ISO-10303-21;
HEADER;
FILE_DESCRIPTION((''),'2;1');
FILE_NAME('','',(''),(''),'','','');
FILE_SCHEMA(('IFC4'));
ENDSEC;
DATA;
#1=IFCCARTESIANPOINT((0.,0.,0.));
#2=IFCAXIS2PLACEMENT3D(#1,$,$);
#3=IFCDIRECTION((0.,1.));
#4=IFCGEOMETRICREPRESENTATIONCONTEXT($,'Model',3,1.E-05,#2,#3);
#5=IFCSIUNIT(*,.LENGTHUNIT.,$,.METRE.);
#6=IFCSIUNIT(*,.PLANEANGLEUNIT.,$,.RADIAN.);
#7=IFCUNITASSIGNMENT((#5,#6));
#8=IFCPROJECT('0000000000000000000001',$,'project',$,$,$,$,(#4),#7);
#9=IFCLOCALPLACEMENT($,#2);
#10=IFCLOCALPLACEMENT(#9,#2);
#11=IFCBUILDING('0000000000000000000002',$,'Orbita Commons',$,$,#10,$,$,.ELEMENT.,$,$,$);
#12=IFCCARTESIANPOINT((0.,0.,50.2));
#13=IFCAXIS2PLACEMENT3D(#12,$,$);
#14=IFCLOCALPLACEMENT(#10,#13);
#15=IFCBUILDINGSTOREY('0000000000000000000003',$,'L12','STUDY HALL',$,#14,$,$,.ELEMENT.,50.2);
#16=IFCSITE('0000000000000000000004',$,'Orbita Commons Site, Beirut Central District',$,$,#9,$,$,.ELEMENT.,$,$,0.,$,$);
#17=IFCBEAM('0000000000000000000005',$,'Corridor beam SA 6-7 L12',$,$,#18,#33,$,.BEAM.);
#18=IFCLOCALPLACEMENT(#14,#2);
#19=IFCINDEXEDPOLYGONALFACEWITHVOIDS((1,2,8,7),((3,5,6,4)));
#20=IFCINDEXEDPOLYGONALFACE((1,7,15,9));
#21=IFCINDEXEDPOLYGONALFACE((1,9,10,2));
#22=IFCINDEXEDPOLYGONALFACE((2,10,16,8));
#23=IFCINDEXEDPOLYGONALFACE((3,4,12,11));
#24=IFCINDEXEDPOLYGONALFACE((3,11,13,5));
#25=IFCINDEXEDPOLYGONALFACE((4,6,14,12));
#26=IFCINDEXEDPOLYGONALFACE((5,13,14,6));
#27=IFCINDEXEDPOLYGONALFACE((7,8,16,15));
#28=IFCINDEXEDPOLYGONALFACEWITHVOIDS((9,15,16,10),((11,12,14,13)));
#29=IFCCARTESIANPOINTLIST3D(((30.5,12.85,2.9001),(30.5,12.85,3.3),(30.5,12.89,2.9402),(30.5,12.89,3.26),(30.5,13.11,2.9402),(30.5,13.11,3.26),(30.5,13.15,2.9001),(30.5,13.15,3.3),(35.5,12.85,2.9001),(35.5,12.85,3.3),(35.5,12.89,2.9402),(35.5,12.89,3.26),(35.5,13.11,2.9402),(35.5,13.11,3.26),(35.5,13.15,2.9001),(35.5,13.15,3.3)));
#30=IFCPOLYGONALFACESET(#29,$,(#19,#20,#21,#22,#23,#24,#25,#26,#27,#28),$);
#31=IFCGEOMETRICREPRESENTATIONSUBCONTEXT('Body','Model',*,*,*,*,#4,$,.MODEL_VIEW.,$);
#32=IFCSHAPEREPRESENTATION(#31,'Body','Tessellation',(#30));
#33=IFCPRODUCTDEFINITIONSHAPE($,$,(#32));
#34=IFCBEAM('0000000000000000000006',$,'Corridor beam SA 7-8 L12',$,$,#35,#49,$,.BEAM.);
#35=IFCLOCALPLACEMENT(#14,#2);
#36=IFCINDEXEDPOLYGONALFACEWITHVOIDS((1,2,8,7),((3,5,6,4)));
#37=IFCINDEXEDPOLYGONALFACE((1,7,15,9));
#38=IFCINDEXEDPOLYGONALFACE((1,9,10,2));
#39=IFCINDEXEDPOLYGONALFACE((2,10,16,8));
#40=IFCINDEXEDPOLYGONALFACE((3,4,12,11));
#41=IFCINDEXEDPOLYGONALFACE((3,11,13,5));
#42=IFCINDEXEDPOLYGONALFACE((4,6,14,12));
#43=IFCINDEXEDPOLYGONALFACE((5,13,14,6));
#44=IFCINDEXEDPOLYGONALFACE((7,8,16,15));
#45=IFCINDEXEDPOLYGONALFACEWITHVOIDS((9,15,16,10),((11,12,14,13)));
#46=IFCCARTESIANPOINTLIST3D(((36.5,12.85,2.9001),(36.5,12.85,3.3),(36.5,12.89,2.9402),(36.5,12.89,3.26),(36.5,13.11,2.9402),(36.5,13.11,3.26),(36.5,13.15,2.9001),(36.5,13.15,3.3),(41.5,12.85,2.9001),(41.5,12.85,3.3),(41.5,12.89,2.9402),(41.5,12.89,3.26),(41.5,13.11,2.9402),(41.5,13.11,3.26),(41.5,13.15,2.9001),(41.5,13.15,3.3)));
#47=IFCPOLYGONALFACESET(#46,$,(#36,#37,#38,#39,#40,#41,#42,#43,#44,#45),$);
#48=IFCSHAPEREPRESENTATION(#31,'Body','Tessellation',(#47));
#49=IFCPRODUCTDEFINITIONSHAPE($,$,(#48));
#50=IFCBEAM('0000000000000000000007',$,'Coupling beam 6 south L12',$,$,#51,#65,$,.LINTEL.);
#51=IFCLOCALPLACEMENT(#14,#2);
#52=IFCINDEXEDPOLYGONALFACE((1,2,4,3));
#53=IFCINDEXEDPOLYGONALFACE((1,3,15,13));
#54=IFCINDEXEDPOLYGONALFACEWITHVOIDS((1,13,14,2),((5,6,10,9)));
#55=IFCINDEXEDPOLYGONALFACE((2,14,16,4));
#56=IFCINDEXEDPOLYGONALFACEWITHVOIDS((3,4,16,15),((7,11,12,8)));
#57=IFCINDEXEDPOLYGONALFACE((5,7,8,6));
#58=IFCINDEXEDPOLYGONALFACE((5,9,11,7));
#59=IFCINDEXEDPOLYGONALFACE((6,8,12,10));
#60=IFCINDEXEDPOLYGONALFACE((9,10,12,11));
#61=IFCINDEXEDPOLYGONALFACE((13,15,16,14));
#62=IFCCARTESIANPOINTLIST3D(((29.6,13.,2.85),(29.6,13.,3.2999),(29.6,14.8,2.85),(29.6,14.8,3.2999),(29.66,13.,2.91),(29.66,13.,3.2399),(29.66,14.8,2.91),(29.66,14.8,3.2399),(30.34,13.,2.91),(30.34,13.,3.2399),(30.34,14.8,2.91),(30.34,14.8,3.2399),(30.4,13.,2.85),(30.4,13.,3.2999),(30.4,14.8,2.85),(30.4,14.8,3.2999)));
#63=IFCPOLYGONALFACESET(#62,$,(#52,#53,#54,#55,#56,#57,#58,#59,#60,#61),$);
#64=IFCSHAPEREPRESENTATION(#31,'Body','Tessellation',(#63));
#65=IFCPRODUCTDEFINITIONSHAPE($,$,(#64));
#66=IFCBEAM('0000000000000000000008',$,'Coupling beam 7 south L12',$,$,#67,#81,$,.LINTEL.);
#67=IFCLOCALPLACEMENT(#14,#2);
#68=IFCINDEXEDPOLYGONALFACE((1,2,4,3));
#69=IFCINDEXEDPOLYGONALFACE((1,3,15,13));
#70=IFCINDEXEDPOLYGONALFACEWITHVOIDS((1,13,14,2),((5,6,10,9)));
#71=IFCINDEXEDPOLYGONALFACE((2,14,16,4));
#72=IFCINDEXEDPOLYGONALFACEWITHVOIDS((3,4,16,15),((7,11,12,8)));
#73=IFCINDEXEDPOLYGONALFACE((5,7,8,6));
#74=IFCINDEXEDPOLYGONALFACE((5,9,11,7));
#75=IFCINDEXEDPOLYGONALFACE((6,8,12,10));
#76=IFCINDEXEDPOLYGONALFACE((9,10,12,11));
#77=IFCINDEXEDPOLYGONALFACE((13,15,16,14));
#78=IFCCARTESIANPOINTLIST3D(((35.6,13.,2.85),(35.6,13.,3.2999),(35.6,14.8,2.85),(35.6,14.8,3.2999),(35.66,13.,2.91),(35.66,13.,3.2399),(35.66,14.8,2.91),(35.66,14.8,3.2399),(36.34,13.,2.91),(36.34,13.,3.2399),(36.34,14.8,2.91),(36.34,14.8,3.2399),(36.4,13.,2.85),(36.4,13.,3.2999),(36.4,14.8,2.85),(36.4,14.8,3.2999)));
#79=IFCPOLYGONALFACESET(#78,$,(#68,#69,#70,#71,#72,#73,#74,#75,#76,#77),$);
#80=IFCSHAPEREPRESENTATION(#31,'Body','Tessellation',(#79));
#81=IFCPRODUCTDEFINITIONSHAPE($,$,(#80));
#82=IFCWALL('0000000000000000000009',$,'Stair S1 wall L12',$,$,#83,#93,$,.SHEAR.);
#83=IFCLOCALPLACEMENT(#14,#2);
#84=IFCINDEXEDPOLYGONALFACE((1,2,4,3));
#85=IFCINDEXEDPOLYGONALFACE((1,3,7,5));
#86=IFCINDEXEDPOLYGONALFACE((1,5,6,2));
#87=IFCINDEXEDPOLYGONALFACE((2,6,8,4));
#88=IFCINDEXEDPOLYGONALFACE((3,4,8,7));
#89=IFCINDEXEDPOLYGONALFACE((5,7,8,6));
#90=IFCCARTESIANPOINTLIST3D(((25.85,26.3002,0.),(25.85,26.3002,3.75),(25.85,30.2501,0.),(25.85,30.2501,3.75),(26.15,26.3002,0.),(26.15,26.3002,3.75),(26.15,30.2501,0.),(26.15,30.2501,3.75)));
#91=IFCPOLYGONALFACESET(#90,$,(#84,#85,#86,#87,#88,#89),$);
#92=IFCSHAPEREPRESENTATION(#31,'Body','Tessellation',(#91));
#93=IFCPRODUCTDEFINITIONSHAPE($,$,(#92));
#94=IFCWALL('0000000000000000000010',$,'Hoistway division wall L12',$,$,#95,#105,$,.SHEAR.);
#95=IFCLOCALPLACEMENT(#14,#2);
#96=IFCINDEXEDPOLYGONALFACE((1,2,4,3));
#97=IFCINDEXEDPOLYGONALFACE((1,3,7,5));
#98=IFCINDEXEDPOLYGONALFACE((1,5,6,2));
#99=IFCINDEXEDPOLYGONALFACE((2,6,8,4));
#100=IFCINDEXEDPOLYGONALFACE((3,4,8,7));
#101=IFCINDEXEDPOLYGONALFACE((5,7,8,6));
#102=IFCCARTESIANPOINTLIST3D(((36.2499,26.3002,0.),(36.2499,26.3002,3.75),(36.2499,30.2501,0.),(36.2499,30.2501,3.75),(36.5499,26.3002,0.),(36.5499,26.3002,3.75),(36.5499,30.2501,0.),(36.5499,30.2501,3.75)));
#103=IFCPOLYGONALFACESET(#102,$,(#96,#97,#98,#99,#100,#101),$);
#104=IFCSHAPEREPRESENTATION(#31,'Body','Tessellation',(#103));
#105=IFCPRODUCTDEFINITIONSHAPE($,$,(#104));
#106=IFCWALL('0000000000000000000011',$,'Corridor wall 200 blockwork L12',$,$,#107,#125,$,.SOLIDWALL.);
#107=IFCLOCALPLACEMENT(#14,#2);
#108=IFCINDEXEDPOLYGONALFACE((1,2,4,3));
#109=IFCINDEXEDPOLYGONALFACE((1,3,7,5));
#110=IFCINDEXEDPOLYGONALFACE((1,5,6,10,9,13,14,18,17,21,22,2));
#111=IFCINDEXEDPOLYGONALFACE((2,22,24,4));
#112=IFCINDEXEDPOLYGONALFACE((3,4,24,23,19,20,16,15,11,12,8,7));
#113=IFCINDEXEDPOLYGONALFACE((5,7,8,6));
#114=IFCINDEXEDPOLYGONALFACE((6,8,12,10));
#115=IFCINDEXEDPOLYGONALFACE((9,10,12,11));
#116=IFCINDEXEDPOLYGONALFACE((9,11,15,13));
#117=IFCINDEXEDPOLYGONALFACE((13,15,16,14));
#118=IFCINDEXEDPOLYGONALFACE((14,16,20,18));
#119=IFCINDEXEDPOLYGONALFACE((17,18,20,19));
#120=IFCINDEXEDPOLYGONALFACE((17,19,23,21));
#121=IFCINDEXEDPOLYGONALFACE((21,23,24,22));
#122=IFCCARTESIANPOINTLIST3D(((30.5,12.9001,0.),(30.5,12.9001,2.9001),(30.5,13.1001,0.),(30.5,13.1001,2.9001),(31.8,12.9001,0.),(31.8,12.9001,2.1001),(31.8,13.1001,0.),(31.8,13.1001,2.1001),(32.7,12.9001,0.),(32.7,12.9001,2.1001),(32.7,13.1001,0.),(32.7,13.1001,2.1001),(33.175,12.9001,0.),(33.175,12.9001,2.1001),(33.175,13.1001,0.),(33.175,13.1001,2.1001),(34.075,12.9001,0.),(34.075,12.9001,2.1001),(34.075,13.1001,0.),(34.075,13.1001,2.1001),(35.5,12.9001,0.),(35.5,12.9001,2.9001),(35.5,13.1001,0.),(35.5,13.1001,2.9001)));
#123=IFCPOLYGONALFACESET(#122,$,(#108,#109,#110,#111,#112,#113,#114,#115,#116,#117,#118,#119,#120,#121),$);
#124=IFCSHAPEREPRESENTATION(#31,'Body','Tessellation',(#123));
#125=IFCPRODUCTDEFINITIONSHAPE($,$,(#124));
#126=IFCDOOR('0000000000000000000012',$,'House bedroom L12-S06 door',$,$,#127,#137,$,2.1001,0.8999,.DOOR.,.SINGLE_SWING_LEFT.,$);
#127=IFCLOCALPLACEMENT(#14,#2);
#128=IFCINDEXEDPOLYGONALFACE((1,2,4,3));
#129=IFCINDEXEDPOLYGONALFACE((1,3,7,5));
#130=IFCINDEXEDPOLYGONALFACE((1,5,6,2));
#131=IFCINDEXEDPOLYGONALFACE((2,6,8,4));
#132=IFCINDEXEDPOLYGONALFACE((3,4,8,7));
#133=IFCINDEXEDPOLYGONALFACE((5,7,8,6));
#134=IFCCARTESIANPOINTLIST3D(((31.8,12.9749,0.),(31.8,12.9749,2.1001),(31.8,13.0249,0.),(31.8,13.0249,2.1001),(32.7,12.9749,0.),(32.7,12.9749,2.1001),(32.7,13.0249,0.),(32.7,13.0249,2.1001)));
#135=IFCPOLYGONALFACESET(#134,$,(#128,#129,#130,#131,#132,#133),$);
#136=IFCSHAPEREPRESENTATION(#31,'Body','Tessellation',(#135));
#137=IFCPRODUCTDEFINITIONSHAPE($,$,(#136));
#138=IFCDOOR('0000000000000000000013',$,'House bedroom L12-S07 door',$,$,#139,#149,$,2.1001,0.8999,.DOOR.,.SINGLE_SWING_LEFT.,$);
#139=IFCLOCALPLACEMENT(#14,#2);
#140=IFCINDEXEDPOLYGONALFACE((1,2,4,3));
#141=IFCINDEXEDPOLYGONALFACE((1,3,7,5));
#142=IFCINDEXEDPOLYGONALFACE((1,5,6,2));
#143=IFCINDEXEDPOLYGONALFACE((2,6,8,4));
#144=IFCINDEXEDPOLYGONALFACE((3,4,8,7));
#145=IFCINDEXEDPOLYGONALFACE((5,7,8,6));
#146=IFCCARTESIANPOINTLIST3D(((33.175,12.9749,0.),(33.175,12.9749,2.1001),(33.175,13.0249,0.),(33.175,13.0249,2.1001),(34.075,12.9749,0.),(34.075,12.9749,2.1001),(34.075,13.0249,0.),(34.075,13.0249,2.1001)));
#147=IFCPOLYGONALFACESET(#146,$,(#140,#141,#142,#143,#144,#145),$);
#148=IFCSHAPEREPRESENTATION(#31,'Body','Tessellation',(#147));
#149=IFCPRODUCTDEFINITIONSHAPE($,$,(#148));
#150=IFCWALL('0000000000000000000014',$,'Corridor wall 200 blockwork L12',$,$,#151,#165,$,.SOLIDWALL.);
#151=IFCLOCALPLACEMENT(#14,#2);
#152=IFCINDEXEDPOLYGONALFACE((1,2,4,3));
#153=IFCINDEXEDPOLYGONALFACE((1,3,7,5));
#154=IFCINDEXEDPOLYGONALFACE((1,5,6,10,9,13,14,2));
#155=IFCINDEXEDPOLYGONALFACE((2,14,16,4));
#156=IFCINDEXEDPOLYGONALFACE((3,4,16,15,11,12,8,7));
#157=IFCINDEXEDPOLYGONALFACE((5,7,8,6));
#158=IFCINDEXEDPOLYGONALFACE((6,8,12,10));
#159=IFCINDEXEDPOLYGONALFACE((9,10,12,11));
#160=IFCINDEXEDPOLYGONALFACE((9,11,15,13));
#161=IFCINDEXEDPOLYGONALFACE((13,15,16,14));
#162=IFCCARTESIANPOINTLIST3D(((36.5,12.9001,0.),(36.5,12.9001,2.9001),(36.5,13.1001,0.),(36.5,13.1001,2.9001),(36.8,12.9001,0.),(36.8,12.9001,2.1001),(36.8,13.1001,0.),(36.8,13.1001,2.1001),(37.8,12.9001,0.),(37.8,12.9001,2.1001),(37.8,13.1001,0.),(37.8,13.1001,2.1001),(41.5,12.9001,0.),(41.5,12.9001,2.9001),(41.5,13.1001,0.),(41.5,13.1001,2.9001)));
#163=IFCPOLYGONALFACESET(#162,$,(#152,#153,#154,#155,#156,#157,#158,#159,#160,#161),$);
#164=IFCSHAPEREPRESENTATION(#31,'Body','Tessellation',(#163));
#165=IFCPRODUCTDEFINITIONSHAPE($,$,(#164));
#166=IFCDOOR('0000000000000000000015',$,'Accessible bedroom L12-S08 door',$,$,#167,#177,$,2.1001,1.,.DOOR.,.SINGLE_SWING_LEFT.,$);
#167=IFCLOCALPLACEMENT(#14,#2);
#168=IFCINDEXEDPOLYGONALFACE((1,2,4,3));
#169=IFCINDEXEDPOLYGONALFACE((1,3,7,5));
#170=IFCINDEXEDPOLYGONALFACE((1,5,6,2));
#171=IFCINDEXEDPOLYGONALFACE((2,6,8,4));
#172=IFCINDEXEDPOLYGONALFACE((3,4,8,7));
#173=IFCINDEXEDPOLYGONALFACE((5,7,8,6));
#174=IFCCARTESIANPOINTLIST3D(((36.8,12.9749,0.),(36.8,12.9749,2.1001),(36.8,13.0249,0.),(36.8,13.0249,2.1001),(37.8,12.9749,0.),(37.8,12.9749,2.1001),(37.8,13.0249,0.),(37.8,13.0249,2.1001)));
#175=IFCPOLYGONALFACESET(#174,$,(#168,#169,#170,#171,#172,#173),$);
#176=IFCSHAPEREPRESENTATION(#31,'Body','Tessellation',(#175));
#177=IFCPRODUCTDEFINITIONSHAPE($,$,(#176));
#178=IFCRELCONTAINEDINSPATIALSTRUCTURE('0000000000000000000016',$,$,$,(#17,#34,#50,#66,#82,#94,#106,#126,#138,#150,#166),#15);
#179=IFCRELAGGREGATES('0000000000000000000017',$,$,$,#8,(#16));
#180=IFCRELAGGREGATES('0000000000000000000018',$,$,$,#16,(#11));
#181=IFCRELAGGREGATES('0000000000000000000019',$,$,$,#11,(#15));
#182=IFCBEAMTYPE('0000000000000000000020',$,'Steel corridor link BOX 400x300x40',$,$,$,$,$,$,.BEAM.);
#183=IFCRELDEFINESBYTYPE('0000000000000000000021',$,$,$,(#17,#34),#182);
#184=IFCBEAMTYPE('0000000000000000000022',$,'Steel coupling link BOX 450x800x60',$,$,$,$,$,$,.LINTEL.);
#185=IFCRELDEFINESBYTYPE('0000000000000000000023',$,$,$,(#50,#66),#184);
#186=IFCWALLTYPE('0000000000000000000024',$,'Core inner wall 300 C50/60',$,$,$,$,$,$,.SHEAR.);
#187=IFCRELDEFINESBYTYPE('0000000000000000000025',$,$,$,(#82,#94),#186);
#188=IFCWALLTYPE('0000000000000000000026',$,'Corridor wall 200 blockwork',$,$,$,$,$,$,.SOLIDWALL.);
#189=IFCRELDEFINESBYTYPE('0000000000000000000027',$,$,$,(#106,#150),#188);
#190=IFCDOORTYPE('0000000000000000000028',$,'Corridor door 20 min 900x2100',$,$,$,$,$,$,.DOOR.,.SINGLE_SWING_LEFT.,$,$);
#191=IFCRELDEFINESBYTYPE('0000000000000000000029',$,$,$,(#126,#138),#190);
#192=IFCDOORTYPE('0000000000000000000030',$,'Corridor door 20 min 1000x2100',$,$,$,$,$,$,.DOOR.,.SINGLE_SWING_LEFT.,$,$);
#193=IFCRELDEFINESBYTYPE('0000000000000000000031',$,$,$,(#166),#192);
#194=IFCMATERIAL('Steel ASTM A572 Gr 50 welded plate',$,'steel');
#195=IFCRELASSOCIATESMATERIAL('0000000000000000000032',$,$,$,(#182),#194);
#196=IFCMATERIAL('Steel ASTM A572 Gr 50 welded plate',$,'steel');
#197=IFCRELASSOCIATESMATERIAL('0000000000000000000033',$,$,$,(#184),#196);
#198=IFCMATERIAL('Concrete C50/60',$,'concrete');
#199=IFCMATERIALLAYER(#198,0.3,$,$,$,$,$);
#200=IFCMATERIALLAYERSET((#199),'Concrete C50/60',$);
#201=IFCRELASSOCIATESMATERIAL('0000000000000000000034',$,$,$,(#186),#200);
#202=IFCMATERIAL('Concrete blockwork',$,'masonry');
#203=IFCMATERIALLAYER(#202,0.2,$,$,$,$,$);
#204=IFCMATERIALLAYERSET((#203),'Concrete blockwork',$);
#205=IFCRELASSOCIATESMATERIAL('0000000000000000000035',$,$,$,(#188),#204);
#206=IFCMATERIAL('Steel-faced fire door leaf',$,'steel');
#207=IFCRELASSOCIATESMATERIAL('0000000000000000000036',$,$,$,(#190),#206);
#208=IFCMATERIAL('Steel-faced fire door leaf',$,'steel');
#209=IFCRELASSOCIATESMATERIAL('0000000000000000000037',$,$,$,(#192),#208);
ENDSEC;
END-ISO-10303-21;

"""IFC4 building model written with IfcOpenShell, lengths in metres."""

from ifc_helpers import new_model, si_unit, direction, frame, frame_2d, origin, origin_2d, place, context, subcontext, project, spatial, polyline, rectangle, hollow_rectangle, outline, extrude, material, layer, layer_set, material_profile, profile_set, type_object, element, fill, save


model = new_model("IFC4")

# Units and contexts
model_context = context("Model", 3, precision=1e-05, world=origin(), true_north=direction((0.0, 1.0)))
body_context = subcontext(model_context, "Body", "Model", "MODEL_VIEW")
ifc_project = project(units=[si_unit("LENGTHUNIT", "METRE"), si_unit("PLANEANGLEUNIT", "RADIAN")], contexts=[model_context])

# Site, building, storey
site_placement = place(None, origin())
site = spatial("IfcSite", under=ifc_project, at=site_placement, Name="Orbita Commons Site, Beirut Central District", CompositionType="ELEMENT", RefElevation=0.0)
building_placement = place(site_placement, origin())
building = spatial("IfcBuilding", under=site, at=building_placement, Name="Orbita Commons", CompositionType="ELEMENT")
storey_placement = place(building_placement, frame((0.0, 0.0, 50.2)))
storey = spatial("IfcBuildingStorey", under=building, at=storey_placement, Name="L12", Description="STUDY HALL", CompositionType="ELEMENT", Elevation=50.2)

# Beams
ifc_material_1 = material(Name="Steel ASTM A572 Gr 50 welded plate", Category="steel")
ifc_material_profile_1 = material_profile(ifc_material_1, hollow_rectangle(XDim=0.3, YDim=0.3999, WallThickness=0.04, at=origin_2d()), Name="BOX 400x300x40")
ifc_profile_set_1 = profile_set([ifc_material_profile_1], Name="Steel ASTM A572 Gr 50 welded plate")
beam_type_1 = type_object("IfcBeamType", Name="Steel corridor link BOX 400x300x40", PredefinedType="BEAM", material=ifc_profile_set_1)
for number, where, z_axis, x_axis, name in (
    (1, (30.5, 13.0, 3.1001), (1.0, 0.0, 0.0), (0.0, 1.0, 0.0), "Corridor beam SA 6-7 L12"),
    (2, (36.5, 13.0, 3.1001), (1.0, 0.0, 0.0), (0.0, 1.0, 0.0), "Corridor beam SA 7-8 L12"),
):
    element("IfcBeam", number, at=place(storey_placement, frame(where, z_axis=z_axis, x_axis=x_axis)), inside=storey, type_object=beam_type_1, Name=name, PredefinedType="BEAM", context=body_context, shape_type="SweptSolid", body=[
        extrude(hollow_rectangle(XDim=0.3, YDim=0.3999, WallThickness=0.04, at=origin_2d()), origin(), (0.0, 0.0, 1.0), 5.0),
    ])
ifc_material_2 = material(Name="Steel ASTM A572 Gr 50 welded plate", Category="steel")
ifc_material_profile_2 = material_profile(ifc_material_2, hollow_rectangle(XDim=0.8, YDim=0.45, WallThickness=0.0601, at=origin_2d()), Name="BOX 450x800x60")
ifc_profile_set_2 = profile_set([ifc_material_profile_2], Name="Steel ASTM A572 Gr 50 welded plate")
beam_type_2 = type_object("IfcBeamType", Name="Steel coupling link BOX 450x800x60", PredefinedType="LINTEL", material=ifc_profile_set_2)
for number, where, z_axis, x_axis, name in (
    (3, (30.0, 13.0, 3.075), (0.0, 1.0, 0.0), (-1.0, 0.0, 0.0), "Coupling beam 6 south L12"),
    (4, (36.0, 13.0, 3.075), (0.0, 1.0, 0.0), (-1.0, 0.0, 0.0), "Coupling beam 7 south L12"),
):
    element("IfcBeam", number, at=place(storey_placement, frame(where, z_axis=z_axis, x_axis=x_axis)), inside=storey, type_object=beam_type_2, Name=name, PredefinedType="LINTEL", context=body_context, shape_type="SweptSolid", body=[
        extrude(hollow_rectangle(XDim=0.8, YDim=0.45, WallThickness=0.0601, at=origin_2d()), origin(), (0.0, 0.0, 1.0), 1.8),
    ])

# Walls
ifc_material_3 = material(Name="Concrete C50/60", Category="concrete")
ifc_layer_1 = layer(ifc_material_3, 0.3)
ifc_layer_set_1 = layer_set([ifc_layer_1], Name="Concrete C50/60")
wall_type_1 = type_object("IfcWallType", Name="Core inner wall 300 C50/60", PredefinedType="SHEAR", material=ifc_layer_set_1)
for number, where, z_axis, x_axis, name in (
    (5, (26.0, 26.3, 0.0), (0.0, 0.0, 1.0), (0.0, 1.0, 0.0), "Stair S1 wall L12"),
    (6, (36.3999, 26.3, 0.0), (0.0, 0.0, 1.0), (0.0, 1.0, 0.0), "Hoistway division wall L12"),
):
    element("IfcWall", number, at=place(storey_placement, frame(where, z_axis=z_axis, x_axis=x_axis)), inside=storey, type_object=wall_type_1, Name=name, PredefinedType="SHEAR", context=body_context, shape_type="SweptSolid", body=[
        extrude(rectangle(XDim=3.95, YDim=0.3, at=frame_2d((1.9751, 0.0))), origin(), (0.0, 0.0, 1.0), 3.75),
    ])

# Wall, openings, doors
ifc_material_4 = material(Name="Concrete blockwork", Category="masonry")
ifc_layer_2 = layer(ifc_material_4, 0.2)
ifc_layer_set_2 = layer_set([ifc_layer_2], Name="Concrete blockwork")
wall_type_2 = type_object("IfcWallType", Name="Corridor wall 200 blockwork", PredefinedType="SOLIDWALL", material=ifc_layer_set_2)
wall_1_placement = place(storey_placement, frame((30.5, 13.0, 0.0), z_axis=(0.0, 0.0, 1.0), x_axis=(1.0, 0.0, 0.0)))
wall_1 = element("IfcWall", 7, at=wall_1_placement, inside=storey, type_object=wall_type_2, Name="Corridor wall 200 blockwork L12", PredefinedType="SOLIDWALL", context=body_context, shape_type="SweptSolid", body=[
    extrude(outline(polyline([(0.0, 0.0), (5.0, 0.0), (5.0, 2.9001), (0.0, 2.9001), (0.0, 0.0)])), frame((0.0, 0.1001, 0.0), z_axis=(0.0, -1.0, 0.0), x_axis=(1.0, 0.0, 0.0)), (0.0, 0.0, 1.0), 0.2),
])
opening_1_placement = place(wall_1_placement, frame((1.3, 0.0, 0.0)))
opening_1 = element("IfcOpeningElement", 8, at=opening_1_placement, cuts=wall_1, PredefinedType="OPENING", context=body_context, shape_type="SweptSolid", body=[
    extrude(rectangle(XDim=0.8999, YDim=2.1001, at=frame_2d((0.45, 1.05))), frame((0.0, 0.1099, 0.0), z_axis=(0.0, -1.0, 0.0), x_axis=(1.0, 0.0, 0.0)), (0.0, 0.0, 1.0), 0.22),
])
opening_2_placement = place(wall_1_placement, frame((2.675, 0.0, 0.0)))
opening_2 = element("IfcOpeningElement", 9, at=opening_2_placement, cuts=wall_1, PredefinedType="OPENING", context=body_context, shape_type="SweptSolid", body=[
    extrude(rectangle(XDim=0.8999, YDim=2.1001, at=frame_2d((0.45, 1.05))), frame((0.0, 0.1099, 0.0), z_axis=(0.0, -1.0, 0.0), x_axis=(1.0, 0.0, 0.0)), (0.0, 0.0, 1.0), 0.22),
])
ifc_material_5 = material(Name="Steel-faced fire door leaf", Category="steel")
door_type_1 = type_object("IfcDoorType", Name="Corridor door 20 min 900x2100", OperationType="SINGLE_SWING_LEFT", PredefinedType="DOOR", material=ifc_material_5)
door_1_placement = place(opening_1_placement, origin())
door_1 = element("IfcDoor", 10, at=door_1_placement, inside=storey, type_object=door_type_1, Name="House bedroom L12-S06 door", OperationType="SINGLE_SWING_LEFT", OverallHeight=2.1001, OverallWidth=0.8999, PredefinedType="DOOR", context=body_context, shape_type="SweptSolid", body=[
    extrude(rectangle(XDim=0.8999, YDim=2.1001, at=frame_2d((0.45, 1.05))), frame((0.0, 0.0249, 0.0), z_axis=(0.0, -1.0, 0.0), x_axis=(1.0, 0.0, 0.0)), (0.0, 0.0, 1.0), 0.05),
])
fill(opening_1, door_1)
door_2_placement = place(opening_2_placement, origin())
door_2 = element("IfcDoor", 11, at=door_2_placement, inside=storey, type_object=door_type_1, Name="House bedroom L12-S07 door", OperationType="SINGLE_SWING_LEFT", OverallHeight=2.1001, OverallWidth=0.8999, PredefinedType="DOOR", context=body_context, shape_type="SweptSolid", body=[
    extrude(rectangle(XDim=0.8999, YDim=2.1001, at=frame_2d((0.45, 1.05))), frame((0.0, 0.0249, 0.0), z_axis=(0.0, -1.0, 0.0), x_axis=(1.0, 0.0, 0.0)), (0.0, 0.0, 1.0), 0.05),
])
fill(opening_2, door_2)

# Wall, opening, door
wall_2_placement = place(storey_placement, frame((36.5, 13.0, 0.0), z_axis=(0.0, 0.0, 1.0), x_axis=(1.0, 0.0, 0.0)))
wall_2 = element("IfcWall", 12, at=wall_2_placement, inside=storey, type_object=wall_type_2, Name="Corridor wall 200 blockwork L12", PredefinedType="SOLIDWALL", context=body_context, shape_type="SweptSolid", body=[
    extrude(outline(polyline([(0.0, 0.0), (5.0, 0.0), (5.0, 2.9001), (0.0, 2.9001), (0.0, 0.0)])), frame((0.0, 0.1001, 0.0), z_axis=(0.0, -1.0, 0.0), x_axis=(1.0, 0.0, 0.0)), (0.0, 0.0, 1.0), 0.2),
])
opening_3_placement = place(wall_2_placement, frame((0.3, 0.0, 0.0)))
opening_3 = element("IfcOpeningElement", 13, at=opening_3_placement, cuts=wall_2, PredefinedType="OPENING", context=body_context, shape_type="SweptSolid", body=[
    extrude(rectangle(XDim=1.0, YDim=2.1001, at=frame_2d((0.5, 1.05))), frame((0.0, 0.1099, 0.0), z_axis=(0.0, -1.0, 0.0), x_axis=(1.0, 0.0, 0.0)), (0.0, 0.0, 1.0), 0.22),
])
ifc_material_6 = material(Name="Steel-faced fire door leaf", Category="steel")
door_type_2 = type_object("IfcDoorType", Name="Corridor door 20 min 1000x2100", OperationType="SINGLE_SWING_LEFT", PredefinedType="DOOR", material=ifc_material_6)
door_3_placement = place(opening_3_placement, origin())
door_3 = element("IfcDoor", 14, at=door_3_placement, inside=storey, type_object=door_type_2, Name="Accessible bedroom L12-S08 door", OperationType="SINGLE_SWING_LEFT", OverallHeight=2.1001, OverallWidth=1.0, PredefinedType="DOOR", context=body_context, shape_type="SweptSolid", body=[
    extrude(rectangle(XDim=1.0, YDim=2.1001, at=frame_2d((0.5, 1.05))), frame((0.0, 0.0249, 0.0), z_axis=(0.0, -1.0, 0.0), x_axis=(1.0, 0.0, 0.0)), (0.0, 0.0, 1.0), 0.05),
])
fill(opening_3, door_3)

save(model, "model.ifc")
